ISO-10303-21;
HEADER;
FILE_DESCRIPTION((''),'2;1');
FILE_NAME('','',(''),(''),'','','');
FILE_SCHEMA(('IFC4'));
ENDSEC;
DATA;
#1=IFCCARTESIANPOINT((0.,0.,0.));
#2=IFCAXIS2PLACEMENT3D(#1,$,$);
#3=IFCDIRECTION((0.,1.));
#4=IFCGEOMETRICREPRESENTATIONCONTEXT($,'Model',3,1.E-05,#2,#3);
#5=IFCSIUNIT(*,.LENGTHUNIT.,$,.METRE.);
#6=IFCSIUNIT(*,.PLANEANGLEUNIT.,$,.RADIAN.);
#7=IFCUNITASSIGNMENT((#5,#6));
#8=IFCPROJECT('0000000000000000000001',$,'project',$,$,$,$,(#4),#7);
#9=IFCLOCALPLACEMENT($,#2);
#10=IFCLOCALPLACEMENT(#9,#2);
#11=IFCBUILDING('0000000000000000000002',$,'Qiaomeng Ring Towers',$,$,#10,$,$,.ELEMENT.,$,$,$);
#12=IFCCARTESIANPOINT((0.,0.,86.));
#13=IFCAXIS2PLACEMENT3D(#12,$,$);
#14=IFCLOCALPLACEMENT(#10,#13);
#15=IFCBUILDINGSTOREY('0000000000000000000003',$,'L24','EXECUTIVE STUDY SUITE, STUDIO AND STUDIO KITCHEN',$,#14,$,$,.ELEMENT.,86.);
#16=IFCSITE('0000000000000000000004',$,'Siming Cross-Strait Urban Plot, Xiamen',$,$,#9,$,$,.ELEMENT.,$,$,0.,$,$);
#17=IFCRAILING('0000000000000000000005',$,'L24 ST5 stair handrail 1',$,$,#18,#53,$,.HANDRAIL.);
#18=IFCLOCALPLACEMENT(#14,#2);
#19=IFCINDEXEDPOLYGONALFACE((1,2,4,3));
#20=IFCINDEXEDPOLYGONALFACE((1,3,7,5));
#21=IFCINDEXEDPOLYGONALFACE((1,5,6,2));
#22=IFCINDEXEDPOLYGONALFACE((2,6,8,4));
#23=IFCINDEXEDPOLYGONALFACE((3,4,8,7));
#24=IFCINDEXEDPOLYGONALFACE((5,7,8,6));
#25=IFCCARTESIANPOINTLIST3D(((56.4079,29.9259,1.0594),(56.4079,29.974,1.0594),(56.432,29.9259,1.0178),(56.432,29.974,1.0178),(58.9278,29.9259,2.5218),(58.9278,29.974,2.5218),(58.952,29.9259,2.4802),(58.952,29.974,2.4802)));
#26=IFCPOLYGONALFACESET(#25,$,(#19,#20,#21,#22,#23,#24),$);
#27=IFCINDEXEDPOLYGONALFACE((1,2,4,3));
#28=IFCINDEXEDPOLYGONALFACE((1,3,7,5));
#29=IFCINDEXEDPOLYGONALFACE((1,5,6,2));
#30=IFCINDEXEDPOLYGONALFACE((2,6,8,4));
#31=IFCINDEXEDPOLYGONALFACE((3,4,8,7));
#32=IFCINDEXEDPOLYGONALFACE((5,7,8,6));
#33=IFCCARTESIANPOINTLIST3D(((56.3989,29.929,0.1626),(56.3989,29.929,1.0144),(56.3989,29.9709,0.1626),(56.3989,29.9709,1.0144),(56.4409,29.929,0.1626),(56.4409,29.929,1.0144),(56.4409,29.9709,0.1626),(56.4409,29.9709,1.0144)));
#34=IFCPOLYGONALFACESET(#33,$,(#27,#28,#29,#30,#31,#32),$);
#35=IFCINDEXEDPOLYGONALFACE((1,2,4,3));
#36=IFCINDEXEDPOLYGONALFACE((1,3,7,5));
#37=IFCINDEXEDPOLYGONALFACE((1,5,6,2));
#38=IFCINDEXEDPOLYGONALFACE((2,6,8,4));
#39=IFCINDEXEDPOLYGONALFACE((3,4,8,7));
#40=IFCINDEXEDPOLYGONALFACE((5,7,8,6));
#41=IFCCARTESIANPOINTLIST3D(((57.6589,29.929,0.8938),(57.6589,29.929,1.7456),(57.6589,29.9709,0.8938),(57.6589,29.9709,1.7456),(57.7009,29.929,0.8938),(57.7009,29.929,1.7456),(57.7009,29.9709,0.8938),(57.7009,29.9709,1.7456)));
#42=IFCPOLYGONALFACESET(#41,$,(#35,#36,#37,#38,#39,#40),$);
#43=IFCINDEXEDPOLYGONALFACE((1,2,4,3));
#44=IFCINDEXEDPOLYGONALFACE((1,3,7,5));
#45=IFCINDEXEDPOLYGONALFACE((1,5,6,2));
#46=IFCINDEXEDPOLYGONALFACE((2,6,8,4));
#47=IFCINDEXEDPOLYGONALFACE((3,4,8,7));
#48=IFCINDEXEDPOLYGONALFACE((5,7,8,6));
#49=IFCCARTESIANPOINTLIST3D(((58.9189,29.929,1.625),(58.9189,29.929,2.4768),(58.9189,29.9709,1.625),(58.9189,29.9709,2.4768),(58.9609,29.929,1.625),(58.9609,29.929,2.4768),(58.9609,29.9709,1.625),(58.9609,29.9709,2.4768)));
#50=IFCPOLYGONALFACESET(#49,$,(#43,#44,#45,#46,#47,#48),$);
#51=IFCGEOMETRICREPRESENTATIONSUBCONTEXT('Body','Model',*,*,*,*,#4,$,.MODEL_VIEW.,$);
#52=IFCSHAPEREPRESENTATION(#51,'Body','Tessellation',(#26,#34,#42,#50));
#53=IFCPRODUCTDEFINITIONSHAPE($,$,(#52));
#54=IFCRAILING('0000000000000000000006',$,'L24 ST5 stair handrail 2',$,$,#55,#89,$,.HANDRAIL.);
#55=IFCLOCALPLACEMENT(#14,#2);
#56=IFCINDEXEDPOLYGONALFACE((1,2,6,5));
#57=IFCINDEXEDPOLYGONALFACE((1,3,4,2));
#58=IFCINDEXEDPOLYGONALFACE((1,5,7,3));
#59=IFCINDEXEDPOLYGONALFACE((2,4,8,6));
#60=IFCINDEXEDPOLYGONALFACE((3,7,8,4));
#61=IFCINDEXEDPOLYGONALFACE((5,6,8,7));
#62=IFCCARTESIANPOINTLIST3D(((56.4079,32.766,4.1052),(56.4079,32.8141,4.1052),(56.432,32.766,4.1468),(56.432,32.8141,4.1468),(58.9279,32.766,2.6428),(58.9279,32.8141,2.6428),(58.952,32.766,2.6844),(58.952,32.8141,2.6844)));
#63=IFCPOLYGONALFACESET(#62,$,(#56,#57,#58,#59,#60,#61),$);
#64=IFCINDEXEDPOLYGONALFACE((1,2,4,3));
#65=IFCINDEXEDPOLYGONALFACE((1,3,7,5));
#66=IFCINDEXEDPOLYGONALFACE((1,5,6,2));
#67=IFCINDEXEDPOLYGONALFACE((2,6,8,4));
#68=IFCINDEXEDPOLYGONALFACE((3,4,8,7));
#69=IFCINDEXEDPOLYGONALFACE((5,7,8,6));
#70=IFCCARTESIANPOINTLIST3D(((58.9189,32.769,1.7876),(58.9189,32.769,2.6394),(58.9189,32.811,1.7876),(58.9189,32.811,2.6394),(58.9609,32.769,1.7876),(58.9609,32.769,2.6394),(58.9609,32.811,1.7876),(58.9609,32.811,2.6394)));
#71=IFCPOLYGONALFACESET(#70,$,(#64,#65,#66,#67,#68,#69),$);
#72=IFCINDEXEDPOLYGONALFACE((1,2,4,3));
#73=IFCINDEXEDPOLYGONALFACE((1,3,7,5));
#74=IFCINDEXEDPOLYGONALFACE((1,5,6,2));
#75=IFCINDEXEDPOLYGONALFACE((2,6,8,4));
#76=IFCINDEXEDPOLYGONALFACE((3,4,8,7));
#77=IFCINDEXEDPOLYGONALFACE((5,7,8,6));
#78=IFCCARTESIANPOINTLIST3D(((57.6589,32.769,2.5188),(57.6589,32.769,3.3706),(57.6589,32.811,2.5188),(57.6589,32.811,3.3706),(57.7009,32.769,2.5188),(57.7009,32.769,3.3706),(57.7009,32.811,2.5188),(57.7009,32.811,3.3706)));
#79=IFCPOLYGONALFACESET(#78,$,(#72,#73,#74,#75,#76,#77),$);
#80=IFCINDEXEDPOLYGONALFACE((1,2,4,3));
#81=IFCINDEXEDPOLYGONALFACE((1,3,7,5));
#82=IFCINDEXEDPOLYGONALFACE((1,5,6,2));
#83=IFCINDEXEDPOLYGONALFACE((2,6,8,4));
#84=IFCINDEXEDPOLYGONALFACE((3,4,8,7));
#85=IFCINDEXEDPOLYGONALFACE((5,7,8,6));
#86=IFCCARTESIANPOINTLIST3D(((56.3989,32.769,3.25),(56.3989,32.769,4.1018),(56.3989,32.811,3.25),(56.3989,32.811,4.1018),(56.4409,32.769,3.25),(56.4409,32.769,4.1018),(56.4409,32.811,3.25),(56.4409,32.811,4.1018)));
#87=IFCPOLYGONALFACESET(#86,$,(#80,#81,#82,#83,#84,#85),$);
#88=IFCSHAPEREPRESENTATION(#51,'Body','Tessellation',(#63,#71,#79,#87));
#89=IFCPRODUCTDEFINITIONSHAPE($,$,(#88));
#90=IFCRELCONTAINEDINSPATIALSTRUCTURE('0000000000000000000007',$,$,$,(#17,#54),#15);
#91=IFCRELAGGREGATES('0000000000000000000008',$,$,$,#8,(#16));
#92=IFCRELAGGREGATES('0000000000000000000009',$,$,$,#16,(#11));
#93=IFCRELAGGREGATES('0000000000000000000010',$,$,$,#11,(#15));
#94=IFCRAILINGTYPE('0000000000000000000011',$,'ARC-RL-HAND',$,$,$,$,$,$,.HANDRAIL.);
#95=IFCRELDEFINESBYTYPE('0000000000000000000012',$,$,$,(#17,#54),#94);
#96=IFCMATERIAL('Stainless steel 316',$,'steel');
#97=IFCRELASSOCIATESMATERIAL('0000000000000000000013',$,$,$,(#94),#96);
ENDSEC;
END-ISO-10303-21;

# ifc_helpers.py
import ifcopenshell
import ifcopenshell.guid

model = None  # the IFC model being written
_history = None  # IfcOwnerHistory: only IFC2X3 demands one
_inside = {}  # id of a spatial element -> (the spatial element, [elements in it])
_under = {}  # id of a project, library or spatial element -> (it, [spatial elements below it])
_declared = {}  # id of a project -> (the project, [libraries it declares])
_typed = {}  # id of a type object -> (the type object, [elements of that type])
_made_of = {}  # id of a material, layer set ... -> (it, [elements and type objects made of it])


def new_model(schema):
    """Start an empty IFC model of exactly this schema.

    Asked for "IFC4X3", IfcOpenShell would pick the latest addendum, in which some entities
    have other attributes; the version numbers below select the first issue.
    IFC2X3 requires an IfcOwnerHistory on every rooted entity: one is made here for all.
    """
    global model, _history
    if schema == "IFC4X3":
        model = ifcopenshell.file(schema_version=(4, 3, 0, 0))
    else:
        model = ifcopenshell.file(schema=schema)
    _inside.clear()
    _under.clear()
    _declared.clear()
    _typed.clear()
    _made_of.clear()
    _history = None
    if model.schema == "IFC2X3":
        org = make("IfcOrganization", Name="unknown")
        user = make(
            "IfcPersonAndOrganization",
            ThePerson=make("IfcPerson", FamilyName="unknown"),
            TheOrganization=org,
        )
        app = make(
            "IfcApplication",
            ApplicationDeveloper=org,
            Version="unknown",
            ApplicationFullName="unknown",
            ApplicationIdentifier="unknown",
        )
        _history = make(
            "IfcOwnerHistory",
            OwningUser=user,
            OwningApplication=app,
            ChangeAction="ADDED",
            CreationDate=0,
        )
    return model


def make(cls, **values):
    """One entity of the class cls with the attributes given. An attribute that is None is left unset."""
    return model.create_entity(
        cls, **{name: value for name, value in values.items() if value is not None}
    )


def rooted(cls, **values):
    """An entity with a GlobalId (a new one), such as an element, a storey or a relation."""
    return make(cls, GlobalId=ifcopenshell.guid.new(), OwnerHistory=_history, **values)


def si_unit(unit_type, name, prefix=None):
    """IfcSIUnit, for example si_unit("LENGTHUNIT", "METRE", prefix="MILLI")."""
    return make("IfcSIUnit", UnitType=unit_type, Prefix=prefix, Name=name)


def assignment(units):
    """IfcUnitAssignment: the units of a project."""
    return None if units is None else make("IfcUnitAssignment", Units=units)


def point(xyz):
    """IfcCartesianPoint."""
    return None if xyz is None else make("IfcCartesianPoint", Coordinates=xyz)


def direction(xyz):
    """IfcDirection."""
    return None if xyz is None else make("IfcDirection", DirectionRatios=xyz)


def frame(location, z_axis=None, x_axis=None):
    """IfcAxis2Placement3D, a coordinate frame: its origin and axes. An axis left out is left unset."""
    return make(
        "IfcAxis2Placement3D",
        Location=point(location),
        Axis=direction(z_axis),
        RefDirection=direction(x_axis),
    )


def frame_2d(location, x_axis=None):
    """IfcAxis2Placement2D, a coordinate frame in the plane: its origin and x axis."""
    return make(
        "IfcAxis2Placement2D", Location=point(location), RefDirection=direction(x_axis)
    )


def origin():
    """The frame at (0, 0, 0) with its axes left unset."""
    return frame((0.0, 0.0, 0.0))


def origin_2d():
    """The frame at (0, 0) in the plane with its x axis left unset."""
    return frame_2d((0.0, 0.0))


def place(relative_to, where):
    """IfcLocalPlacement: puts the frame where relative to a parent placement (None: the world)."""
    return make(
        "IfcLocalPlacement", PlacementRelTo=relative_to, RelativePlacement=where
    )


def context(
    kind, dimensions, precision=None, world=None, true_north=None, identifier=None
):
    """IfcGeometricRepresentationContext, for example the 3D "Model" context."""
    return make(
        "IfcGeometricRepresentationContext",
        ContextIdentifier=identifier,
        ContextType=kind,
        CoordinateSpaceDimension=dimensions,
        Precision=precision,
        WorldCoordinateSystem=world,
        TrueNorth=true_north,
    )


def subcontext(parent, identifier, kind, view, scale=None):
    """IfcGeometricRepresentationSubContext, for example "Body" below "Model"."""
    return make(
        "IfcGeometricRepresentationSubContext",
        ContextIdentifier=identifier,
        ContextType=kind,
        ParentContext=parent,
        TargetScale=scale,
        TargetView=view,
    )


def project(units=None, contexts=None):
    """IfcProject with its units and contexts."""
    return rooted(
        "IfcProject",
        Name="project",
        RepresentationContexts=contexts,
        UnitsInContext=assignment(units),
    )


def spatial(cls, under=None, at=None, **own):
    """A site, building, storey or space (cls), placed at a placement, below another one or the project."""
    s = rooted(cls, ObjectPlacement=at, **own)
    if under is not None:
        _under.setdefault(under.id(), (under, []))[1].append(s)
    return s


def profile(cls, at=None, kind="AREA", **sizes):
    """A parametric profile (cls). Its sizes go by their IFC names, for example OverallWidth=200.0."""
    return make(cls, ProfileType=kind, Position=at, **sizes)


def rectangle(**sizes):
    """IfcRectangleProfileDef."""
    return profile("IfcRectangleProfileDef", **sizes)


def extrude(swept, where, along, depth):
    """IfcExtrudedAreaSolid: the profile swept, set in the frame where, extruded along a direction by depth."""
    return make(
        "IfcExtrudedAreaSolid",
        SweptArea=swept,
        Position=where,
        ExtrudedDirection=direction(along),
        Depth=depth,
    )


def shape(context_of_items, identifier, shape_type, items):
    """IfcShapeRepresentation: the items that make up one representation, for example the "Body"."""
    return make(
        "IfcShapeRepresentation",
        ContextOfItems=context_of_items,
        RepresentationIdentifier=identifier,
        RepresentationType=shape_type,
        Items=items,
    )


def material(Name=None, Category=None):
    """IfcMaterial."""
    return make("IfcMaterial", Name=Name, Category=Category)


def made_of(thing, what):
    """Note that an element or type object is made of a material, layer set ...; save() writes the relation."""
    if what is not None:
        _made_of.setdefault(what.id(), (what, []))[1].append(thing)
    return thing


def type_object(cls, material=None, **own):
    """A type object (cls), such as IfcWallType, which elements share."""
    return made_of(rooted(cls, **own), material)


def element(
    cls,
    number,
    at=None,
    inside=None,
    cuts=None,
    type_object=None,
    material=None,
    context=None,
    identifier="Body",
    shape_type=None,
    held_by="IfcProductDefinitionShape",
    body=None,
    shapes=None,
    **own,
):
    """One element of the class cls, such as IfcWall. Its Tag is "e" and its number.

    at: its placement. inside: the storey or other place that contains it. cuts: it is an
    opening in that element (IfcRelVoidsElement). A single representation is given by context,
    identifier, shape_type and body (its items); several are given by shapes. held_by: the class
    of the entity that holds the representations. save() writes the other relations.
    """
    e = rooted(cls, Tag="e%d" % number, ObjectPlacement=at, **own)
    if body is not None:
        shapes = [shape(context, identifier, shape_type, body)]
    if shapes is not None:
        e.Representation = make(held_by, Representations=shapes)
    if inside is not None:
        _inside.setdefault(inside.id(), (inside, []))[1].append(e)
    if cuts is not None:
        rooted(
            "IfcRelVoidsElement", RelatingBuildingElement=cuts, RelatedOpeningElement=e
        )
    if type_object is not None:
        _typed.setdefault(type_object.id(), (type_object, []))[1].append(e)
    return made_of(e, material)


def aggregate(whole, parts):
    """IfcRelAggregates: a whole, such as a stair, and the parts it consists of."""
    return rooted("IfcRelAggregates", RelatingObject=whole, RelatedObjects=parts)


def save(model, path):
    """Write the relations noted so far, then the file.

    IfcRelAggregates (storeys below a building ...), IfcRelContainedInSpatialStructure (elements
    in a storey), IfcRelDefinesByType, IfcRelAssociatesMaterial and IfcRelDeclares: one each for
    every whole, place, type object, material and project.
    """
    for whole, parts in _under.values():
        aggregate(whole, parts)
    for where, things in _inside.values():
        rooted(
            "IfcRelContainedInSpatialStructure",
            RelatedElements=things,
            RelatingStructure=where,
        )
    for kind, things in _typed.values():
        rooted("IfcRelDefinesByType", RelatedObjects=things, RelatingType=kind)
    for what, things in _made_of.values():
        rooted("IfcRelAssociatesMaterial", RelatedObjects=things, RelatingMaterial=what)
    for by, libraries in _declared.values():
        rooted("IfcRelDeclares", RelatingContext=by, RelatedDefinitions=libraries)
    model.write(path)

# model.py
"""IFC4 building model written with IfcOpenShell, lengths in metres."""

from ifc_helpers import new_model, si_unit, direction, frame, origin, origin_2d, place, context, subcontext, project, spatial, rectangle, extrude, material, type_object, element, save


model = new_model("IFC4")

# Units and contexts
model_context = context("Model", 3, precision=1e-05, world=origin(), true_north=direction((0.0, 1.0)))
body_context = subcontext(model_context, "Body", "Model", "MODEL_VIEW")
ifc_project = project(units=[si_unit("LENGTHUNIT", "METRE"), si_unit("PLANEANGLEUNIT", "RADIAN")], contexts=[model_context])

# Site, building, storey
site_placement = place(None, origin())
site = spatial("IfcSite", under=ifc_project, at=site_placement, Name="Siming Cross-Strait Urban Plot, Xiamen", CompositionType="ELEMENT", RefElevation=0.0)
building_placement = place(site_placement, origin())
building = spatial("IfcBuilding", under=site, at=building_placement, Name="Qiaomeng Ring Towers", CompositionType="ELEMENT")
storey_placement = place(building_placement, frame((0.0, 0.0, 86.0)))
storey = spatial("IfcBuildingStorey", under=building, at=storey_placement, Name="L24", Description="EXECUTIVE STUDY SUITE, STUDIO AND STUDIO KITCHEN", CompositionType="ELEMENT", Elevation=86.0)

# Railings
ifc_material_1 = material(Name="Stainless steel 316", Category="steel")
railing_type_1 = type_object("IfcRailingType", Name="ARC-RL-HAND", PredefinedType="HANDRAIL", material=ifc_material_1)
railing_1_placement = place(storey_placement, frame((56.4199, 29.95, 0.1626)))
element("IfcRailing", 1, at=railing_1_placement, inside=storey, type_object=railing_type_1, Name="L24 ST5 stair handrail 1", PredefinedType="HANDRAIL", context=body_context, shape_type="SweptSolid", body=[
    extrude(rectangle(XDim=0.0481, YDim=0.0481, at=origin_2d()), frame((0.0, 0.0, 0.876), z_axis=(0.864913, 0.0, 0.501921), x_axis=(0.0, 1.0, 0.0)), (0.0, 0.0, 1.0), 2.9136),
    extrude(rectangle(XDim=0.042, YDim=0.042, at=origin_2d()), origin(), (0.0, 0.0, 1.0), 0.8518),
    extrude(rectangle(XDim=0.042, YDim=0.042, at=origin_2d()), frame((1.26, 0.0, 0.7312)), (0.0, 0.0, 1.0), 0.8518),
    extrude(rectangle(XDim=0.042, YDim=0.042, at=origin_2d()), frame((2.52, 0.0, 1.4624)), (0.0, 0.0, 1.0), 0.8518),
])
railing_2_placement = place(storey_placement, frame((58.9399, 32.79, 1.7876)))
element("IfcRailing", 2, at=railing_2_placement, inside=storey, type_object=railing_type_1, Name="L24 ST5 stair handrail 2", PredefinedType="HANDRAIL", context=body_context, shape_type="SweptSolid", body=[
    extrude(rectangle(XDim=0.0481, YDim=0.0481, at=origin_2d()), frame((0.0, 0.0, 0.876), z_axis=(-0.864913, 0.0, 0.501921), x_axis=(0.0, -1.0, 0.0)), (0.0, 0.0, 1.0), 2.9136),
    extrude(rectangle(XDim=0.042, YDim=0.042, at=origin_2d()), origin(), (0.0, 0.0, 1.0), 0.8518),
    extrude(rectangle(XDim=0.042, YDim=0.042, at=origin_2d()), frame((-1.26, 0.0, 0.7312)), (0.0, 0.0, 1.0), 0.8518),
    extrude(rectangle(XDim=0.042, YDim=0.042, at=origin_2d()), frame((-2.52, 0.0, 1.4624)), (0.0, 0.0, 1.0), 0.8518),
])

save(model, "model.ifc")
